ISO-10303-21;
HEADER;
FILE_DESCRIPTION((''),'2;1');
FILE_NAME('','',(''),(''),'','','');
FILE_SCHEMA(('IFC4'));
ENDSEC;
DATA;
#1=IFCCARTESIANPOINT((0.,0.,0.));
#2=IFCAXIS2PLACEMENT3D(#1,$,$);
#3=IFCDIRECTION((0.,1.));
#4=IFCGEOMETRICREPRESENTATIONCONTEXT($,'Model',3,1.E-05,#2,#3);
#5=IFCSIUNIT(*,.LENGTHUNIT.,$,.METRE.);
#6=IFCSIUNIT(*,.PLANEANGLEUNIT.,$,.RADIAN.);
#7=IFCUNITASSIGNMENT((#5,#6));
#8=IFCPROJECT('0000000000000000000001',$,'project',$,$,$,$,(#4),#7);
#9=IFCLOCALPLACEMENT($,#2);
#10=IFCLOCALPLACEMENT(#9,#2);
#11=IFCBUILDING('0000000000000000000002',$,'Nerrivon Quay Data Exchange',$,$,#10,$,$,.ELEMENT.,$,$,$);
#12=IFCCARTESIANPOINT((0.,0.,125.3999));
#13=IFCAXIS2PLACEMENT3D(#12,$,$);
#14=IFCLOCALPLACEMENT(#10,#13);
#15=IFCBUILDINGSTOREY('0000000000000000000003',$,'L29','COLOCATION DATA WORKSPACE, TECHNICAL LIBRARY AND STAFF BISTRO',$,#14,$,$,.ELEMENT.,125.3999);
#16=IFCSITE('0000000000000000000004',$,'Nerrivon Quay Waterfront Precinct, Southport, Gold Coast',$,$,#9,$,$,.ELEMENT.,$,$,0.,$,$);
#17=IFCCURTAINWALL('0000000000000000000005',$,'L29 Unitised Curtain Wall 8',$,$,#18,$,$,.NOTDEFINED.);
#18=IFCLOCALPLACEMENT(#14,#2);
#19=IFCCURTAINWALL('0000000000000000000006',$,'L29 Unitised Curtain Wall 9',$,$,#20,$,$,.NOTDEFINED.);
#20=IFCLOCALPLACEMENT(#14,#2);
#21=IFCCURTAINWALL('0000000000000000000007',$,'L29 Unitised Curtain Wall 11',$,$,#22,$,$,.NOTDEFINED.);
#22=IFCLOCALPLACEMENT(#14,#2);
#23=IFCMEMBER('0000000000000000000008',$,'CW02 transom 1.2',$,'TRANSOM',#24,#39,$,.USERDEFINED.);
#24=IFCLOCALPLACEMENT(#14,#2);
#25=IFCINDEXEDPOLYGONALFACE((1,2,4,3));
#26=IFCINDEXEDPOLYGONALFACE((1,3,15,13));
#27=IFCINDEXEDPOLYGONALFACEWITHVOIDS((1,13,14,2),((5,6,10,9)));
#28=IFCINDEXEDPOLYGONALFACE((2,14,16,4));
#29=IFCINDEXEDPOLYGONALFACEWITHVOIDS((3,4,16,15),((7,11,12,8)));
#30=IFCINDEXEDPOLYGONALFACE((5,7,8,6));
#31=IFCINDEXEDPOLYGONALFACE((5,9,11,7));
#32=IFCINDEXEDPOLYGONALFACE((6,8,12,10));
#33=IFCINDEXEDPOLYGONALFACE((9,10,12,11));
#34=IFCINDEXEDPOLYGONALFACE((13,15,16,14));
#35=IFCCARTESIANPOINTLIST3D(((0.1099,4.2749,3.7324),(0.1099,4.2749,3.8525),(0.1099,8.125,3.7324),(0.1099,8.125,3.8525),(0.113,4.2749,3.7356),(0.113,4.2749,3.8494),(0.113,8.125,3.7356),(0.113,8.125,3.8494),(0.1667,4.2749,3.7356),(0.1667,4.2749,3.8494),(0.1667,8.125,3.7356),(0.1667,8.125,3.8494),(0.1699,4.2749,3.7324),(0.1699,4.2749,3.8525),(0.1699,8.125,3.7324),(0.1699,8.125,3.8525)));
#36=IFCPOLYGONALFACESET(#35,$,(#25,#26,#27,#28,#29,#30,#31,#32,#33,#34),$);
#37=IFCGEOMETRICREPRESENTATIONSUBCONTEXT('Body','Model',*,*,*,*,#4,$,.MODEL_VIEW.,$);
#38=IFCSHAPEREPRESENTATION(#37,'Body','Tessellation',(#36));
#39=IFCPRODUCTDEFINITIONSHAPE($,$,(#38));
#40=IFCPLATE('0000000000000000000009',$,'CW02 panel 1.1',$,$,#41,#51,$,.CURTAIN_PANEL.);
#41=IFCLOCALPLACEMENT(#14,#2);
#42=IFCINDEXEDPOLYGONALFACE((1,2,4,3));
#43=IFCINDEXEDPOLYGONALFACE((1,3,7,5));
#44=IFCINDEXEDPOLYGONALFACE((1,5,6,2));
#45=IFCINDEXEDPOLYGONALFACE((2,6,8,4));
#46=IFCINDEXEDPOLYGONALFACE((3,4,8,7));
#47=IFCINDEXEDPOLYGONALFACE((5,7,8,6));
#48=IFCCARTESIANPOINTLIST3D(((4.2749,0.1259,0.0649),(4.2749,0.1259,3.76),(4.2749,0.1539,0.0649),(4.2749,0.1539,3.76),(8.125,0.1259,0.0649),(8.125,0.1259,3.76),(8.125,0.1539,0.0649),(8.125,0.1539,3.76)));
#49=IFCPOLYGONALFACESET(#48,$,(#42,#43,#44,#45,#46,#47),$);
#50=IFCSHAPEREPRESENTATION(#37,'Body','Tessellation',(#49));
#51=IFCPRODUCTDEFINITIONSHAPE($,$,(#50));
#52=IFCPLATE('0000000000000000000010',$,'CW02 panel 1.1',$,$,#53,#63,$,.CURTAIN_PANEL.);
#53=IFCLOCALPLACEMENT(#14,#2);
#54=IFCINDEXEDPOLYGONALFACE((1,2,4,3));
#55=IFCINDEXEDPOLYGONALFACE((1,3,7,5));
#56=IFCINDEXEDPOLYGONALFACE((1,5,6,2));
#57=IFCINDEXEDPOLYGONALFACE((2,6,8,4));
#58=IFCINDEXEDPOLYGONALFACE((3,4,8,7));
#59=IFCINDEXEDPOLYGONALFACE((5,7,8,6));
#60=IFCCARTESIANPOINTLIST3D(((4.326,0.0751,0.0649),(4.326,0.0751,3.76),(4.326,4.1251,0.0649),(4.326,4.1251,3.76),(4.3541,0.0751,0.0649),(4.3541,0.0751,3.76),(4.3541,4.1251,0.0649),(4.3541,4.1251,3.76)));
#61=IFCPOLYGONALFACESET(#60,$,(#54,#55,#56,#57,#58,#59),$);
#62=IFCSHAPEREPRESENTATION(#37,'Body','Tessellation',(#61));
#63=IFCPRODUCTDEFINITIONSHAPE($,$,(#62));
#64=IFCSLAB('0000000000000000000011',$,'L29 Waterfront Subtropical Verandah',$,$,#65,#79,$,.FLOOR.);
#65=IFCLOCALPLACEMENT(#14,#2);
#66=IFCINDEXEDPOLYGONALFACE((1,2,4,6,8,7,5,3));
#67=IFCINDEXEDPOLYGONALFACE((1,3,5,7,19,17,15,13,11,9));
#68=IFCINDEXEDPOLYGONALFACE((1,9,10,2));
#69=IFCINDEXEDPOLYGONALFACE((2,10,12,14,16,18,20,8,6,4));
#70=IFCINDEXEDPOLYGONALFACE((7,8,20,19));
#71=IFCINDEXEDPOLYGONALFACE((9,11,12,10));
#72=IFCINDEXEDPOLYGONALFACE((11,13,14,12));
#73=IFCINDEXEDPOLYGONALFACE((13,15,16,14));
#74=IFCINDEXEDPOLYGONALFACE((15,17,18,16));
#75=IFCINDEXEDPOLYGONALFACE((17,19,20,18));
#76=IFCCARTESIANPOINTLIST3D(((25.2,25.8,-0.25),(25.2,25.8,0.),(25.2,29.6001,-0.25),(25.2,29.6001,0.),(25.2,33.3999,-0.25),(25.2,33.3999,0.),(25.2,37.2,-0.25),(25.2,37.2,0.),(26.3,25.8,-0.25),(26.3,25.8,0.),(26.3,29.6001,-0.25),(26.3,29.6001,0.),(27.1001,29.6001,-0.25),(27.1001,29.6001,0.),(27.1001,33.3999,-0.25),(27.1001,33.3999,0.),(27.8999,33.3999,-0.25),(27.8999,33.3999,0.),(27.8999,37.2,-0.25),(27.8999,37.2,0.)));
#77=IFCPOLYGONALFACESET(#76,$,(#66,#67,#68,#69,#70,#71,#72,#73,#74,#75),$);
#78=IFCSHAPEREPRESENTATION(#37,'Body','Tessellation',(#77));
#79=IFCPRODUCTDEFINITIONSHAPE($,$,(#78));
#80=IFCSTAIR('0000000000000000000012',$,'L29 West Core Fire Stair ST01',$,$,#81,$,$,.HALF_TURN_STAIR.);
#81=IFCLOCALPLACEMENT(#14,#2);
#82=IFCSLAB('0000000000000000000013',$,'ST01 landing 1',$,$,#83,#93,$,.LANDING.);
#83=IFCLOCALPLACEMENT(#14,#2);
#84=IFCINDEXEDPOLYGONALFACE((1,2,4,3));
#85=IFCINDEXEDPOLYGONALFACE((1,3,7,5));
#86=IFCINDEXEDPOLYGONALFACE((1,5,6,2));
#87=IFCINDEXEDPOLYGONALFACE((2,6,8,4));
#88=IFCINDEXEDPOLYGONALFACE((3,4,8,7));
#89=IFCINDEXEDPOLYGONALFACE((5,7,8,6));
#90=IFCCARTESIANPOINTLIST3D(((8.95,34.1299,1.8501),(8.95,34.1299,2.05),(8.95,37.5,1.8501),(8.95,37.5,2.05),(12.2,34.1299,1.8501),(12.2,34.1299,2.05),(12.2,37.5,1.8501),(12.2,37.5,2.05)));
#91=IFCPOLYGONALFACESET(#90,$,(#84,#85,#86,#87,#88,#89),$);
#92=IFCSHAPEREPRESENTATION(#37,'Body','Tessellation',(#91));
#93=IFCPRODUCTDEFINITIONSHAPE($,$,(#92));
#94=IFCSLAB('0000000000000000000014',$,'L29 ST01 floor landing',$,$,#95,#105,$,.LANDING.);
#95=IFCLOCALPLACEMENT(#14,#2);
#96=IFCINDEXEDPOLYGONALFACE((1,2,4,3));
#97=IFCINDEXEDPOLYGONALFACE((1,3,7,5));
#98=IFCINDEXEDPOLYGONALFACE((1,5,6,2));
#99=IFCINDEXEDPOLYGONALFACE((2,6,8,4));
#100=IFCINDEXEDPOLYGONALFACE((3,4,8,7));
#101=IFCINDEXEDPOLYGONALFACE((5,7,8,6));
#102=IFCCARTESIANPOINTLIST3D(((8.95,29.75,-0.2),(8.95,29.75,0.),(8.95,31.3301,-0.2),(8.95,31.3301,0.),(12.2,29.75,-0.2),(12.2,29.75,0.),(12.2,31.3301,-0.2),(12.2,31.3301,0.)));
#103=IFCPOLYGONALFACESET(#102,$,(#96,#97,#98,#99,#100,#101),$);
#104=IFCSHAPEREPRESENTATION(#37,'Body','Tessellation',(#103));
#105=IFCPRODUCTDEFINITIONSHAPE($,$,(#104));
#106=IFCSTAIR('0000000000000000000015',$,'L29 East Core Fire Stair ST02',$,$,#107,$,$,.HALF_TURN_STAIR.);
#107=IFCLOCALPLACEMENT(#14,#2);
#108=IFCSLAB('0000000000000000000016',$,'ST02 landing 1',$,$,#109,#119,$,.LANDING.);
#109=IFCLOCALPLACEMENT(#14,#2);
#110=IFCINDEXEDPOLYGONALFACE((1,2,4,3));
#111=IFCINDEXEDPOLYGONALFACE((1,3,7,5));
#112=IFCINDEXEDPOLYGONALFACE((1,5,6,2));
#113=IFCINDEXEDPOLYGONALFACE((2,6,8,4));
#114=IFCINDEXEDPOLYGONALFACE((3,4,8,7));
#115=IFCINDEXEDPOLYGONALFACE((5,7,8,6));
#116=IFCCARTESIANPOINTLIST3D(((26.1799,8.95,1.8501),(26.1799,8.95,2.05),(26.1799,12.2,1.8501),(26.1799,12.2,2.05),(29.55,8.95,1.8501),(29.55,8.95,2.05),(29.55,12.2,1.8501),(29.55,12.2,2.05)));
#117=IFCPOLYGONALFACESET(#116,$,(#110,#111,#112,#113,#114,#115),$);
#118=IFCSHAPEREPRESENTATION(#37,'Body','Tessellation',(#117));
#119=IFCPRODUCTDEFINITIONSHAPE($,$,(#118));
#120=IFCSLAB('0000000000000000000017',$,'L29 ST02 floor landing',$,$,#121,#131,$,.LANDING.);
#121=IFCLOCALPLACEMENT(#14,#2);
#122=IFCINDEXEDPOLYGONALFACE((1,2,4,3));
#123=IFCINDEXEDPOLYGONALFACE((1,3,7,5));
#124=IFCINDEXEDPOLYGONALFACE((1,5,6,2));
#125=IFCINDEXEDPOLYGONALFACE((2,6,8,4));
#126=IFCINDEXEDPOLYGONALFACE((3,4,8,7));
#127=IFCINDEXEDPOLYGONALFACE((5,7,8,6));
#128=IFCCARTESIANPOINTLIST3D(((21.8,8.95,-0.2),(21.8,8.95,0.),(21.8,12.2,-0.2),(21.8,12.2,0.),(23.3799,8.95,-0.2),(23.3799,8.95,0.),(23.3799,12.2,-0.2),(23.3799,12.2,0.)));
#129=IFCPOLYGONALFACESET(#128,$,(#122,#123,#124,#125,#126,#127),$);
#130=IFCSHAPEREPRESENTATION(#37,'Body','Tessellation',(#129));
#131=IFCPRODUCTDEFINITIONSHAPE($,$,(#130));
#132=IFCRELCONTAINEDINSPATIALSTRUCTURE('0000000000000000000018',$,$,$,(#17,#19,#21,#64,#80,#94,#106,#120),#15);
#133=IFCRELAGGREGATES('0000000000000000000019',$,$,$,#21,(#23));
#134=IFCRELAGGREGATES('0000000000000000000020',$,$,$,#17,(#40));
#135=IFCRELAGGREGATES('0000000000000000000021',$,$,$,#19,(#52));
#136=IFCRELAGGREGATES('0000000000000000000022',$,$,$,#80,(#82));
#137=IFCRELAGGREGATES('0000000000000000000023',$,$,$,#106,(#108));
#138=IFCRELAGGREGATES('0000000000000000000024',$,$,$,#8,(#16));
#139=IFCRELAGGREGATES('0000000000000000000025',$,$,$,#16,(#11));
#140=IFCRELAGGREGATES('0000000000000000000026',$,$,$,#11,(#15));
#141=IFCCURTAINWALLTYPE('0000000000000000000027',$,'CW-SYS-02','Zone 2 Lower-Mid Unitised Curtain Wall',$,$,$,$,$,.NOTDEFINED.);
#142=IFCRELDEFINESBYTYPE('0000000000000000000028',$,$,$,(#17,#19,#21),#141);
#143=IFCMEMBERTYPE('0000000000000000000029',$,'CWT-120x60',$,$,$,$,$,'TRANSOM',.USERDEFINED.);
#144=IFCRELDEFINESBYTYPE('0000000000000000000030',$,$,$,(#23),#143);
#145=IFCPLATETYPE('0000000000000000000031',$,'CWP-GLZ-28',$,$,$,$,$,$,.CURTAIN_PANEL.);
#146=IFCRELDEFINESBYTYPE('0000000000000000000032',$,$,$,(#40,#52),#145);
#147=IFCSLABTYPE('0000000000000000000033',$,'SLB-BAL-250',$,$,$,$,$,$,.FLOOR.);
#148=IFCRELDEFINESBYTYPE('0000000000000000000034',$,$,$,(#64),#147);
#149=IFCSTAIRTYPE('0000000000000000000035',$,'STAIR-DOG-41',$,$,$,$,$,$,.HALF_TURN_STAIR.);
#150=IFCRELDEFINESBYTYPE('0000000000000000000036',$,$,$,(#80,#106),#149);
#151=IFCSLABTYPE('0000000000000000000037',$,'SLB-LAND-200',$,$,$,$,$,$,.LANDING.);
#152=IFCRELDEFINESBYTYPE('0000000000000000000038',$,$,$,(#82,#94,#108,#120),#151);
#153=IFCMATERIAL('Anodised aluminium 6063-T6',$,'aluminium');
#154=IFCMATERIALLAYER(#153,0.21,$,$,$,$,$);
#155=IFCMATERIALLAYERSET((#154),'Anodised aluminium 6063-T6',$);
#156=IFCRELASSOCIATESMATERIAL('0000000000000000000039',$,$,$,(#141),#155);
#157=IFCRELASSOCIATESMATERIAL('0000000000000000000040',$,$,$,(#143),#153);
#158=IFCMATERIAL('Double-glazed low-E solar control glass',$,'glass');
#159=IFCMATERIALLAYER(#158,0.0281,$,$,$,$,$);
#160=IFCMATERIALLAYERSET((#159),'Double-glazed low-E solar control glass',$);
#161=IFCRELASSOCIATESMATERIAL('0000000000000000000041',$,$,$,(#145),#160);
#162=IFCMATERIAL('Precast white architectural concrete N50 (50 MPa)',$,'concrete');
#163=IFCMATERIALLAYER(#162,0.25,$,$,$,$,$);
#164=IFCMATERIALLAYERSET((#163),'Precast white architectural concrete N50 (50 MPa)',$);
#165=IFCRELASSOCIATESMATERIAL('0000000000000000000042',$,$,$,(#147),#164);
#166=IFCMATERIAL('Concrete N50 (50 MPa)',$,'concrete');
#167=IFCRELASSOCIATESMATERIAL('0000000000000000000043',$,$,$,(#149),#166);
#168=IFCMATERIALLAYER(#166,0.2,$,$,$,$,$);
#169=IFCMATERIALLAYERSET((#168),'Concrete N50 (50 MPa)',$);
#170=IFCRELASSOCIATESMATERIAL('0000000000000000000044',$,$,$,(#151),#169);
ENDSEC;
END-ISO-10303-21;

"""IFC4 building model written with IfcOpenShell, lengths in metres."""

from ifc_helpers import new_model, si_unit, direction, frame, origin, origin_2d, place, context, subcontext, project, spatial, polyline, rectangle, hollow_rectangle, outline, extrude, material, layer, layer_set, material_profile, profile_set, type_object, element, aggregate, save


model = new_model("IFC4")

# Units and contexts
model_context = context("Model", 3, precision=1e-05, world=origin(), true_north=direction((0.0, 1.0)))
body_context = subcontext(model_context, "Body", "Model", "MODEL_VIEW")
ifc_project = project(units=[si_unit("LENGTHUNIT", "METRE"), si_unit("PLANEANGLEUNIT", "RADIAN")], contexts=[model_context])

# Site, building, storey
site_placement = place(None, origin())
site = spatial("IfcSite", under=ifc_project, at=site_placement, Name="Nerrivon Quay Waterfront Precinct, Southport, Gold Coast", CompositionType="ELEMENT", RefElevation=0.0)
building_placement = place(site_placement, origin())
building = spatial("IfcBuilding", under=site, at=building_placement, Name="Nerrivon Quay Data Exchange", CompositionType="ELEMENT")
storey_placement = place(building_placement, frame((0.0, 0.0, 125.3999)))
storey = spatial("IfcBuildingStorey", under=building, at=storey_placement, Name="L29", Description="COLOCATION DATA WORKSPACE, TECHNICAL LIBRARY AND STAFF BISTRO", CompositionType="ELEMENT", Elevation=125.3999)

# Curtain walls
ifc_material_1 = material(Name="Anodised aluminium 6063-T6", Category="aluminium")
ifc_layer_1 = layer(ifc_material_1, 0.21)
ifc_layer_set_1 = layer_set([ifc_layer_1], Name="Anodised aluminium 6063-T6")
curtain_wall_type = type_object("IfcCurtainWallType", Name="CW-SYS-02", Description="Zone 2 Lower-Mid Unitised Curtain Wall", PredefinedType="NOTDEFINED", material=ifc_layer_set_1)
curtain_wall_1_placement = place(storey_placement, origin())
curtain_wall_1 = element("IfcCurtainWall", 1, at=curtain_wall_1_placement, inside=storey, type_object=curtain_wall_type, Name="L29 Unitised Curtain Wall 8", PredefinedType="NOTDEFINED")
curtain_wall_2_placement = place(storey_placement, origin())
curtain_wall_2 = element("IfcCurtainWall", 2, at=curtain_wall_2_placement, inside=storey, type_object=curtain_wall_type, Name="L29 Unitised Curtain Wall 9", PredefinedType="NOTDEFINED")

# Curtain wall
curtain_wall_3_placement = place(storey_placement, origin())
curtain_wall_3 = element("IfcCurtainWall", 3, at=curtain_wall_3_placement, inside=storey, type_object=curtain_wall_type, Name="L29 Unitised Curtain Wall 11", PredefinedType="NOTDEFINED")

# Member
ifc_material_profile_1 = material_profile(ifc_material_1, hollow_rectangle(XDim=0.0601, YDim=0.1201, WallThickness=0.0032, at=origin_2d()), Name="ALU-TRAN-120x60")
ifc_profile_set_1 = profile_set([ifc_material_profile_1], Name="Anodised aluminium 6063-T6")
member_type_1 = type_object("IfcMemberType", Name="CWT-120x60", ElementType="TRANSOM", PredefinedType="USERDEFINED", material=ifc_profile_set_1)
member_1_placement = place(storey_placement, frame((0.1399, 4.2749, 3.7925), z_axis=(0.0, 1.0, 0.0), x_axis=(-1.0, 0.0, 0.0)))
member_1 = element("IfcMember", 4, at=member_1_placement, type_object=member_type_1, Name="CW02 transom 1.2", ObjectType="TRANSOM", PredefinedType="USERDEFINED", context=body_context, shape_type="SweptSolid", body=[
    extrude(hollow_rectangle(XDim=0.0601, YDim=0.1201, WallThickness=0.0032, at=origin_2d()), origin(), (0.0, 0.0, 1.0), 3.8501),
])
aggregate(curtain_wall_3, [member_1])

# Plates
ifc_material_2 = material(Name="Double-glazed low-E solar control glass", Category="glass")
ifc_layer_2 = layer(ifc_material_2, 0.0281)
ifc_layer_set_2 = layer_set([ifc_layer_2], Name="Double-glazed low-E solar control glass")
plate_type = type_object("IfcPlateType", Name="CWP-GLZ-28", PredefinedType="CURTAIN_PANEL", material=ifc_layer_set_2)
plate_1_placement = place(storey_placement, frame((6.2, 0.1399, 0.0649), z_axis=(0.0, 0.0, 1.0), x_axis=(-1.0, 0.0, 0.0)))
plate_1 = element("IfcPlate", 5, at=plate_1_placement, type_object=plate_type, Name="CW02 panel 1.1", PredefinedType="CURTAIN_PANEL", context=body_context, shape_type="SweptSolid", body=[
    extrude(rectangle(XDim=3.8501, YDim=0.0281, at=origin_2d()), origin(), (0.0, 0.0, 1.0), 3.6951),
])
aggregate(curtain_wall_1, [plate_1])
plate_2_placement = place(storey_placement, frame((4.3401, 2.1001, 0.0649), z_axis=(0.0, 0.0, 1.0), x_axis=(0.0, 1.0, 0.0)))
plate_2 = element("IfcPlate", 6, at=plate_2_placement, type_object=plate_type, Name="CW02 panel 1.1", PredefinedType="CURTAIN_PANEL", context=body_context, shape_type="SweptSolid", body=[
    extrude(rectangle(XDim=4.05, YDim=0.0281, at=origin_2d()), origin(), (0.0, 0.0, 1.0), 3.6951),
])
aggregate(curtain_wall_2, [plate_2])

# Slab
ifc_material_3 = material(Name="Precast white architectural concrete N50 (50 MPa)", Category="concrete")
ifc_layer_3 = layer(ifc_material_3, 0.25)
ifc_layer_set_3 = layer_set([ifc_layer_3], Name="Precast white architectural concrete N50 (50 MPa)")
slab_type_1 = type_object("IfcSlabType", Name="SLB-BAL-250", PredefinedType="FLOOR", material=ifc_layer_set_3)
slab_1_placement = place(storey_placement, frame((0.0, 0.0, -0.25)))
element("IfcSlab", 7, at=slab_1_placement, inside=storey, type_object=slab_type_1, Name="L29 Waterfront Subtropical Verandah", PredefinedType="FLOOR", context=body_context, shape_type="SweptSolid", body=[
    extrude(outline(polyline([(26.3, 29.6001), (27.1001, 29.6001), (27.1001, 33.3999), (27.8999, 33.3999), (27.8999, 37.2), (25.2, 37.2), (25.2, 33.3999), (25.2, 29.6001), (25.2, 25.8), (26.3, 25.8), (26.3, 29.6001)])), origin(), (0.0, 0.0, 1.0), 0.25),
])

# Stair, slab
ifc_material_4 = material(Name="Concrete N50 (50 MPa)", Category="concrete")
stair_type = type_object("IfcStairType", Name="STAIR-DOG-41", PredefinedType="HALF_TURN_STAIR", material=ifc_material_4)
stair_1_placement = place(storey_placement, origin())
stair_1 = element("IfcStair", 8, at=stair_1_placement, inside=storey, type_object=stair_type, Name="L29 West Core Fire Stair ST01", PredefinedType="HALF_TURN_STAIR")
ifc_layer_4 = layer(ifc_material_4, 0.2)
ifc_layer_set_4 = layer_set([ifc_layer_4], Name="Concrete N50 (50 MPa)")
slab_type_2 = type_object("IfcSlabType", Name="SLB-LAND-200", PredefinedType="LANDING", material=ifc_layer_set_4)
slab_2_placement = place(storey_placement, frame((0.0, 0.0, 1.8501)))
slab_2 = element("IfcSlab", 9, at=slab_2_placement, type_object=slab_type_2, Name="ST01 landing 1", PredefinedType="LANDING", context=body_context, shape_type="SweptSolid", body=[
    extrude(outline(polyline([(12.2, 34.1299), (12.2, 37.5), (8.95, 37.5), (8.95, 34.1299), (12.2, 34.1299)])), origin(), (0.0, 0.0, 1.0), 0.2),
])
aggregate(stair_1, [slab_2])

# Slab
slab_3_placement = place(storey_placement, frame((0.0, 0.0, -0.2)))
element("IfcSlab", 10, at=slab_3_placement, inside=storey, type_object=slab_type_2, Name="L29 ST01 floor landing", PredefinedType="LANDING", context=body_context, shape_type="SweptSolid", body=[
    extrude(outline(polyline([(12.2, 29.75), (12.2, 31.3301), (8.95, 31.3301), (8.95, 29.75), (12.2, 29.75)])), origin(), (0.0, 0.0, 1.0), 0.2),
])

# Stair, slab
stair_2_placement = place(storey_placement, origin())
stair_2 = element("IfcStair", 11, at=stair_2_placement, inside=storey, type_object=stair_type, Name="L29 East Core Fire Stair ST02", PredefinedType="HALF_TURN_STAIR")
slab_4_placement = place(storey_placement, frame((0.0, 0.0, 1.8501)))
slab_4 = element("IfcSlab", 12, at=slab_4_placement, type_object=slab_type_2, Name="ST02 landing 1", PredefinedType="LANDING", context=body_context, shape_type="SweptSolid", body=[
    extrude(outline(polyline([(26.1799, 8.95), (29.55, 8.95), (29.55, 12.2), (26.1799, 12.2), (26.1799, 8.95)])), origin(), (0.0, 0.0, 1.0), 0.2),
])
aggregate(stair_2, [slab_4])

# Slab
slab_5_placement = place(storey_placement, frame((0.0, 0.0, -0.2)))
element("IfcSlab", 13, at=slab_5_placement, inside=storey, type_object=slab_type_2, Name="L29 ST02 floor landing", PredefinedType="LANDING", context=body_context, shape_type="SweptSolid", body=[
    extrude(outline(polyline([(21.8, 8.95), (23.3799, 8.95), (23.3799, 12.2), (21.8, 12.2), (21.8, 8.95)])), origin(), (0.0, 0.0, 1.0), 0.2),
])

save(model, "model.ifc")
